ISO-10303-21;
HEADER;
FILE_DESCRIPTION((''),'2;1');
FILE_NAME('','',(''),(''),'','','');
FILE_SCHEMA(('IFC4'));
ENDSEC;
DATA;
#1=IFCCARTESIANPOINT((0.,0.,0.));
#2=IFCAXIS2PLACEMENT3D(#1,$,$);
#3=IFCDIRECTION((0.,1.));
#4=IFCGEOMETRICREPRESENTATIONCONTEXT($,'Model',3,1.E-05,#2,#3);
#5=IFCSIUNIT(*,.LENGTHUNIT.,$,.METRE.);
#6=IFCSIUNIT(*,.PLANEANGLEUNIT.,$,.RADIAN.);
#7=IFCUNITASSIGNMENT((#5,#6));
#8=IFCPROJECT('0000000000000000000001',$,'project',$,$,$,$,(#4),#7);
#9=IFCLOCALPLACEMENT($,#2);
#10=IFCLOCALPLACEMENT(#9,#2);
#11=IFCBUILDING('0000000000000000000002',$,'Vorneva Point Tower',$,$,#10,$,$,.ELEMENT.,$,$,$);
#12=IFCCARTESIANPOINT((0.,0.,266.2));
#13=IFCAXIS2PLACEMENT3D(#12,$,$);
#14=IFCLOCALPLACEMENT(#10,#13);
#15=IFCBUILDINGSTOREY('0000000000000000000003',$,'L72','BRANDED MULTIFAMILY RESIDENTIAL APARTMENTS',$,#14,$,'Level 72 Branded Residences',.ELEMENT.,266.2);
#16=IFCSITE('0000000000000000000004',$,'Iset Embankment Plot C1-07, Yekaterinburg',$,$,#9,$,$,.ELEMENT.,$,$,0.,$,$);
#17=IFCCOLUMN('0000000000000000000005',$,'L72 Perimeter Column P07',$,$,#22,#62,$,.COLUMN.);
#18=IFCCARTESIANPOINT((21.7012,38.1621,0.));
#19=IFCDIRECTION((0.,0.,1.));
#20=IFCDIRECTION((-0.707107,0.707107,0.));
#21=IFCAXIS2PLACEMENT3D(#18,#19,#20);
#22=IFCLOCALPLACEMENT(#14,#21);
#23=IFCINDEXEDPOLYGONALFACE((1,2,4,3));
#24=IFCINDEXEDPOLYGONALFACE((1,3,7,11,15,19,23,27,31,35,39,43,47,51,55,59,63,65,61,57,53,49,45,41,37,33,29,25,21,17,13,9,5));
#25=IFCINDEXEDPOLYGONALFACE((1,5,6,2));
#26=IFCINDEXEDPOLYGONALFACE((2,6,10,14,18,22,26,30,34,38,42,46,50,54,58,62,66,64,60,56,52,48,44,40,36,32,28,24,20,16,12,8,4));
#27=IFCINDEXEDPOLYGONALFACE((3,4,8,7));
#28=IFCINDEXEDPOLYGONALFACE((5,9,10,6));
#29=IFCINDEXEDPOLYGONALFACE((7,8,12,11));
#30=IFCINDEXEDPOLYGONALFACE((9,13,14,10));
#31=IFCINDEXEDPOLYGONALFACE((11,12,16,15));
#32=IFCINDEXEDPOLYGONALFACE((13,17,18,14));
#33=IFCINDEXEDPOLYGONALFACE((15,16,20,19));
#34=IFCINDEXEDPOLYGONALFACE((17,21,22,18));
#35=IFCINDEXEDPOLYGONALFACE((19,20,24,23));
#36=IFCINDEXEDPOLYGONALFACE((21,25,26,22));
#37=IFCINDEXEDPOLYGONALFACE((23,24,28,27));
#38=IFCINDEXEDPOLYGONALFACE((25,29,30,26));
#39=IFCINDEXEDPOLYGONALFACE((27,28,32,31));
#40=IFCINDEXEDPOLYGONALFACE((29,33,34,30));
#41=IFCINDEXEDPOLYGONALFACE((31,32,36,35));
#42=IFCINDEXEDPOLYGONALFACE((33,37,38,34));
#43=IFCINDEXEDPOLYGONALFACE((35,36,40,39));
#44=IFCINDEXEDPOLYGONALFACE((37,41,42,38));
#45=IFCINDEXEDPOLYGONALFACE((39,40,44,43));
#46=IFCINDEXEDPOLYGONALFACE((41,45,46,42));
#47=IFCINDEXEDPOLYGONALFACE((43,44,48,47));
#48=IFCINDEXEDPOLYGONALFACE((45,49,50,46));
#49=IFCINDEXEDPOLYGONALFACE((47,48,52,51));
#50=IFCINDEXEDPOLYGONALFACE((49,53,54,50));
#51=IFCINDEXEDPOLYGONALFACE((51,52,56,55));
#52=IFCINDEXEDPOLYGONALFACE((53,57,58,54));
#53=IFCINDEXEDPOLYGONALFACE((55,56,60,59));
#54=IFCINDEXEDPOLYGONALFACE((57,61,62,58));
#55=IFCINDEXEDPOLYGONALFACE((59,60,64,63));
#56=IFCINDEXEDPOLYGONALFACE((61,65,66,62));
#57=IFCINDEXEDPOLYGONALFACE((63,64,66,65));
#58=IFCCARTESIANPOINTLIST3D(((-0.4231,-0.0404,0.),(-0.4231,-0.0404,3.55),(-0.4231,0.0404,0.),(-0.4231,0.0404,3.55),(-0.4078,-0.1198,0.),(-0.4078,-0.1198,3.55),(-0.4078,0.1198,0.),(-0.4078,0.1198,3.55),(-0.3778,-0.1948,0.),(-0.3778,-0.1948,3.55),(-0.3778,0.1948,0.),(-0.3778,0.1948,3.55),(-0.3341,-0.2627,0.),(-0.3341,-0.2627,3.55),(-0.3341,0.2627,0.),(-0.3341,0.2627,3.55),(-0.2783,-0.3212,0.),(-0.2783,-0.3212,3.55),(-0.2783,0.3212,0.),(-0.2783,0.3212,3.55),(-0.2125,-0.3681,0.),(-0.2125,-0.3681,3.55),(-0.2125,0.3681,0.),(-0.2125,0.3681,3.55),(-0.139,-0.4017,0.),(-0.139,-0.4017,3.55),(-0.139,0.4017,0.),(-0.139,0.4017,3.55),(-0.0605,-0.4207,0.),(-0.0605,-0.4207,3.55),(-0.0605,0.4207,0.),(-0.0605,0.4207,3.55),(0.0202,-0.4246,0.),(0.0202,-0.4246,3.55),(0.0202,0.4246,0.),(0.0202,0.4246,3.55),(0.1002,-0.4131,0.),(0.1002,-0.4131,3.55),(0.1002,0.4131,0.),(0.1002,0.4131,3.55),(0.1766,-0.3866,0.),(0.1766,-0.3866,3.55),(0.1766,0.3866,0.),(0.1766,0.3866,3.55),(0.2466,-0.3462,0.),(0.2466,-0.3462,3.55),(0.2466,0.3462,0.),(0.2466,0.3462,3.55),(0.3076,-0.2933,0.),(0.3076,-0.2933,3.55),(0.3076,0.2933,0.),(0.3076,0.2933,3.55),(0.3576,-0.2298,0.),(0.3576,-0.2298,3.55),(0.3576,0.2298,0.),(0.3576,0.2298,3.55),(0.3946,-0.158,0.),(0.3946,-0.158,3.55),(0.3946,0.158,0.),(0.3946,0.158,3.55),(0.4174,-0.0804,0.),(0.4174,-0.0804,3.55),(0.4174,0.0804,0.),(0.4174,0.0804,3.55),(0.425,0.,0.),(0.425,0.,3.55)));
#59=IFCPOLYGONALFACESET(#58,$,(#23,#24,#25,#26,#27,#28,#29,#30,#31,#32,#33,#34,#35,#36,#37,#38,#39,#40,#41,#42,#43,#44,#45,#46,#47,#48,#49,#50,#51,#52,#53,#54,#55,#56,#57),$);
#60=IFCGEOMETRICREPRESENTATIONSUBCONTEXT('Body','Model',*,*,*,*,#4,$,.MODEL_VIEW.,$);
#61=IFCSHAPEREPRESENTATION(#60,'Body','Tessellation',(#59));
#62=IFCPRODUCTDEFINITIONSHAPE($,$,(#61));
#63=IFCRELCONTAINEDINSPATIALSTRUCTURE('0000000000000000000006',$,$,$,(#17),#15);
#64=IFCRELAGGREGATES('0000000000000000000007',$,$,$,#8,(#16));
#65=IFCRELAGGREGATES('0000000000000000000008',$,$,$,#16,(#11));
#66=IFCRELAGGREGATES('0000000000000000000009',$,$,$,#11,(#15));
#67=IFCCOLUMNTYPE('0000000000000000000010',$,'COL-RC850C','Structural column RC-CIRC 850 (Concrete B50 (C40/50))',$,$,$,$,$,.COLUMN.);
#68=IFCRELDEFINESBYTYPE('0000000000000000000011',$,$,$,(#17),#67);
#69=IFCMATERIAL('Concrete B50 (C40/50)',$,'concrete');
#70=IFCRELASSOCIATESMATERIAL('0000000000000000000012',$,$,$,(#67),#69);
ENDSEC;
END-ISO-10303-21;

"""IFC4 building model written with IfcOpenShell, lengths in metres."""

from ifc_helpers import new_model, si_unit, direction, frame, origin, origin_2d, place, context, subcontext, project, spatial, circle, extrude, material, material_profile, profile_set, type_object, element, save


model = new_model("IFC4")

# Units and contexts
model_context = context("Model", 3, precision=1e-05, world=origin(), true_north=direction((0.0, 1.0)))
body_context = subcontext(model_context, "Body", "Model", "MODEL_VIEW")
ifc_project = project(units=[si_unit("LENGTHUNIT", "METRE"), si_unit("PLANEANGLEUNIT", "RADIAN")], contexts=[model_context])

# Site, building, storey
site_placement = place(None, origin())
site = spatial("IfcSite", under=ifc_project, at=site_placement, Name="Iset Embankment Plot C1-07, Yekaterinburg", CompositionType="ELEMENT", RefElevation=0.0)
building_placement = place(site_placement, origin())
building = spatial("IfcBuilding", under=site, at=building_placement, Name="Vorneva Point Tower", CompositionType="ELEMENT")
storey_placement = place(building_placement, frame((0.0, 0.0, 266.2)))
storey = spatial("IfcBuildingStorey", under=building, at=storey_placement, Name="L72", Description="BRANDED MULTIFAMILY RESIDENTIAL APARTMENTS", LongName="Level 72 Branded Residences", CompositionType="ELEMENT", Elevation=266.2)

# Column
ifc_material_1 = material(Name="Concrete B50 (C40/50)", Category="concrete")
ifc_material_profile_1 = material_profile(ifc_material_1, circle(Radius=0.425, at=origin_2d()), Name="RC-CIRC 850")
ifc_profile_set_1 = profile_set([ifc_material_profile_1], Name="Concrete B50 (C40/50)")
column_type_1 = type_object("IfcColumnType", Name="COL-RC850C", Description="Structural column RC-CIRC 850 (Concrete B50 (C40/50))", PredefinedType="COLUMN", material=ifc_profile_set_1)
column_1_placement = place(storey_placement, frame((21.7012, 38.1621, 0.0), z_axis=(0.0, 0.0, 1.0), x_axis=(-0.707107, 0.707107, 0.0)))
element("IfcColumn", 1, at=column_1_placement, inside=storey, type_object=column_type_1, Name="L72 Perimeter Column P07", PredefinedType="COLUMN", context=body_context, shape_type="SweptSolid", body=[
    extrude(circle(Radius=0.425, at=origin_2d()), origin(), (0.0, 0.0, 1.0), 3.55),
])

save(model, "model.ifc")
